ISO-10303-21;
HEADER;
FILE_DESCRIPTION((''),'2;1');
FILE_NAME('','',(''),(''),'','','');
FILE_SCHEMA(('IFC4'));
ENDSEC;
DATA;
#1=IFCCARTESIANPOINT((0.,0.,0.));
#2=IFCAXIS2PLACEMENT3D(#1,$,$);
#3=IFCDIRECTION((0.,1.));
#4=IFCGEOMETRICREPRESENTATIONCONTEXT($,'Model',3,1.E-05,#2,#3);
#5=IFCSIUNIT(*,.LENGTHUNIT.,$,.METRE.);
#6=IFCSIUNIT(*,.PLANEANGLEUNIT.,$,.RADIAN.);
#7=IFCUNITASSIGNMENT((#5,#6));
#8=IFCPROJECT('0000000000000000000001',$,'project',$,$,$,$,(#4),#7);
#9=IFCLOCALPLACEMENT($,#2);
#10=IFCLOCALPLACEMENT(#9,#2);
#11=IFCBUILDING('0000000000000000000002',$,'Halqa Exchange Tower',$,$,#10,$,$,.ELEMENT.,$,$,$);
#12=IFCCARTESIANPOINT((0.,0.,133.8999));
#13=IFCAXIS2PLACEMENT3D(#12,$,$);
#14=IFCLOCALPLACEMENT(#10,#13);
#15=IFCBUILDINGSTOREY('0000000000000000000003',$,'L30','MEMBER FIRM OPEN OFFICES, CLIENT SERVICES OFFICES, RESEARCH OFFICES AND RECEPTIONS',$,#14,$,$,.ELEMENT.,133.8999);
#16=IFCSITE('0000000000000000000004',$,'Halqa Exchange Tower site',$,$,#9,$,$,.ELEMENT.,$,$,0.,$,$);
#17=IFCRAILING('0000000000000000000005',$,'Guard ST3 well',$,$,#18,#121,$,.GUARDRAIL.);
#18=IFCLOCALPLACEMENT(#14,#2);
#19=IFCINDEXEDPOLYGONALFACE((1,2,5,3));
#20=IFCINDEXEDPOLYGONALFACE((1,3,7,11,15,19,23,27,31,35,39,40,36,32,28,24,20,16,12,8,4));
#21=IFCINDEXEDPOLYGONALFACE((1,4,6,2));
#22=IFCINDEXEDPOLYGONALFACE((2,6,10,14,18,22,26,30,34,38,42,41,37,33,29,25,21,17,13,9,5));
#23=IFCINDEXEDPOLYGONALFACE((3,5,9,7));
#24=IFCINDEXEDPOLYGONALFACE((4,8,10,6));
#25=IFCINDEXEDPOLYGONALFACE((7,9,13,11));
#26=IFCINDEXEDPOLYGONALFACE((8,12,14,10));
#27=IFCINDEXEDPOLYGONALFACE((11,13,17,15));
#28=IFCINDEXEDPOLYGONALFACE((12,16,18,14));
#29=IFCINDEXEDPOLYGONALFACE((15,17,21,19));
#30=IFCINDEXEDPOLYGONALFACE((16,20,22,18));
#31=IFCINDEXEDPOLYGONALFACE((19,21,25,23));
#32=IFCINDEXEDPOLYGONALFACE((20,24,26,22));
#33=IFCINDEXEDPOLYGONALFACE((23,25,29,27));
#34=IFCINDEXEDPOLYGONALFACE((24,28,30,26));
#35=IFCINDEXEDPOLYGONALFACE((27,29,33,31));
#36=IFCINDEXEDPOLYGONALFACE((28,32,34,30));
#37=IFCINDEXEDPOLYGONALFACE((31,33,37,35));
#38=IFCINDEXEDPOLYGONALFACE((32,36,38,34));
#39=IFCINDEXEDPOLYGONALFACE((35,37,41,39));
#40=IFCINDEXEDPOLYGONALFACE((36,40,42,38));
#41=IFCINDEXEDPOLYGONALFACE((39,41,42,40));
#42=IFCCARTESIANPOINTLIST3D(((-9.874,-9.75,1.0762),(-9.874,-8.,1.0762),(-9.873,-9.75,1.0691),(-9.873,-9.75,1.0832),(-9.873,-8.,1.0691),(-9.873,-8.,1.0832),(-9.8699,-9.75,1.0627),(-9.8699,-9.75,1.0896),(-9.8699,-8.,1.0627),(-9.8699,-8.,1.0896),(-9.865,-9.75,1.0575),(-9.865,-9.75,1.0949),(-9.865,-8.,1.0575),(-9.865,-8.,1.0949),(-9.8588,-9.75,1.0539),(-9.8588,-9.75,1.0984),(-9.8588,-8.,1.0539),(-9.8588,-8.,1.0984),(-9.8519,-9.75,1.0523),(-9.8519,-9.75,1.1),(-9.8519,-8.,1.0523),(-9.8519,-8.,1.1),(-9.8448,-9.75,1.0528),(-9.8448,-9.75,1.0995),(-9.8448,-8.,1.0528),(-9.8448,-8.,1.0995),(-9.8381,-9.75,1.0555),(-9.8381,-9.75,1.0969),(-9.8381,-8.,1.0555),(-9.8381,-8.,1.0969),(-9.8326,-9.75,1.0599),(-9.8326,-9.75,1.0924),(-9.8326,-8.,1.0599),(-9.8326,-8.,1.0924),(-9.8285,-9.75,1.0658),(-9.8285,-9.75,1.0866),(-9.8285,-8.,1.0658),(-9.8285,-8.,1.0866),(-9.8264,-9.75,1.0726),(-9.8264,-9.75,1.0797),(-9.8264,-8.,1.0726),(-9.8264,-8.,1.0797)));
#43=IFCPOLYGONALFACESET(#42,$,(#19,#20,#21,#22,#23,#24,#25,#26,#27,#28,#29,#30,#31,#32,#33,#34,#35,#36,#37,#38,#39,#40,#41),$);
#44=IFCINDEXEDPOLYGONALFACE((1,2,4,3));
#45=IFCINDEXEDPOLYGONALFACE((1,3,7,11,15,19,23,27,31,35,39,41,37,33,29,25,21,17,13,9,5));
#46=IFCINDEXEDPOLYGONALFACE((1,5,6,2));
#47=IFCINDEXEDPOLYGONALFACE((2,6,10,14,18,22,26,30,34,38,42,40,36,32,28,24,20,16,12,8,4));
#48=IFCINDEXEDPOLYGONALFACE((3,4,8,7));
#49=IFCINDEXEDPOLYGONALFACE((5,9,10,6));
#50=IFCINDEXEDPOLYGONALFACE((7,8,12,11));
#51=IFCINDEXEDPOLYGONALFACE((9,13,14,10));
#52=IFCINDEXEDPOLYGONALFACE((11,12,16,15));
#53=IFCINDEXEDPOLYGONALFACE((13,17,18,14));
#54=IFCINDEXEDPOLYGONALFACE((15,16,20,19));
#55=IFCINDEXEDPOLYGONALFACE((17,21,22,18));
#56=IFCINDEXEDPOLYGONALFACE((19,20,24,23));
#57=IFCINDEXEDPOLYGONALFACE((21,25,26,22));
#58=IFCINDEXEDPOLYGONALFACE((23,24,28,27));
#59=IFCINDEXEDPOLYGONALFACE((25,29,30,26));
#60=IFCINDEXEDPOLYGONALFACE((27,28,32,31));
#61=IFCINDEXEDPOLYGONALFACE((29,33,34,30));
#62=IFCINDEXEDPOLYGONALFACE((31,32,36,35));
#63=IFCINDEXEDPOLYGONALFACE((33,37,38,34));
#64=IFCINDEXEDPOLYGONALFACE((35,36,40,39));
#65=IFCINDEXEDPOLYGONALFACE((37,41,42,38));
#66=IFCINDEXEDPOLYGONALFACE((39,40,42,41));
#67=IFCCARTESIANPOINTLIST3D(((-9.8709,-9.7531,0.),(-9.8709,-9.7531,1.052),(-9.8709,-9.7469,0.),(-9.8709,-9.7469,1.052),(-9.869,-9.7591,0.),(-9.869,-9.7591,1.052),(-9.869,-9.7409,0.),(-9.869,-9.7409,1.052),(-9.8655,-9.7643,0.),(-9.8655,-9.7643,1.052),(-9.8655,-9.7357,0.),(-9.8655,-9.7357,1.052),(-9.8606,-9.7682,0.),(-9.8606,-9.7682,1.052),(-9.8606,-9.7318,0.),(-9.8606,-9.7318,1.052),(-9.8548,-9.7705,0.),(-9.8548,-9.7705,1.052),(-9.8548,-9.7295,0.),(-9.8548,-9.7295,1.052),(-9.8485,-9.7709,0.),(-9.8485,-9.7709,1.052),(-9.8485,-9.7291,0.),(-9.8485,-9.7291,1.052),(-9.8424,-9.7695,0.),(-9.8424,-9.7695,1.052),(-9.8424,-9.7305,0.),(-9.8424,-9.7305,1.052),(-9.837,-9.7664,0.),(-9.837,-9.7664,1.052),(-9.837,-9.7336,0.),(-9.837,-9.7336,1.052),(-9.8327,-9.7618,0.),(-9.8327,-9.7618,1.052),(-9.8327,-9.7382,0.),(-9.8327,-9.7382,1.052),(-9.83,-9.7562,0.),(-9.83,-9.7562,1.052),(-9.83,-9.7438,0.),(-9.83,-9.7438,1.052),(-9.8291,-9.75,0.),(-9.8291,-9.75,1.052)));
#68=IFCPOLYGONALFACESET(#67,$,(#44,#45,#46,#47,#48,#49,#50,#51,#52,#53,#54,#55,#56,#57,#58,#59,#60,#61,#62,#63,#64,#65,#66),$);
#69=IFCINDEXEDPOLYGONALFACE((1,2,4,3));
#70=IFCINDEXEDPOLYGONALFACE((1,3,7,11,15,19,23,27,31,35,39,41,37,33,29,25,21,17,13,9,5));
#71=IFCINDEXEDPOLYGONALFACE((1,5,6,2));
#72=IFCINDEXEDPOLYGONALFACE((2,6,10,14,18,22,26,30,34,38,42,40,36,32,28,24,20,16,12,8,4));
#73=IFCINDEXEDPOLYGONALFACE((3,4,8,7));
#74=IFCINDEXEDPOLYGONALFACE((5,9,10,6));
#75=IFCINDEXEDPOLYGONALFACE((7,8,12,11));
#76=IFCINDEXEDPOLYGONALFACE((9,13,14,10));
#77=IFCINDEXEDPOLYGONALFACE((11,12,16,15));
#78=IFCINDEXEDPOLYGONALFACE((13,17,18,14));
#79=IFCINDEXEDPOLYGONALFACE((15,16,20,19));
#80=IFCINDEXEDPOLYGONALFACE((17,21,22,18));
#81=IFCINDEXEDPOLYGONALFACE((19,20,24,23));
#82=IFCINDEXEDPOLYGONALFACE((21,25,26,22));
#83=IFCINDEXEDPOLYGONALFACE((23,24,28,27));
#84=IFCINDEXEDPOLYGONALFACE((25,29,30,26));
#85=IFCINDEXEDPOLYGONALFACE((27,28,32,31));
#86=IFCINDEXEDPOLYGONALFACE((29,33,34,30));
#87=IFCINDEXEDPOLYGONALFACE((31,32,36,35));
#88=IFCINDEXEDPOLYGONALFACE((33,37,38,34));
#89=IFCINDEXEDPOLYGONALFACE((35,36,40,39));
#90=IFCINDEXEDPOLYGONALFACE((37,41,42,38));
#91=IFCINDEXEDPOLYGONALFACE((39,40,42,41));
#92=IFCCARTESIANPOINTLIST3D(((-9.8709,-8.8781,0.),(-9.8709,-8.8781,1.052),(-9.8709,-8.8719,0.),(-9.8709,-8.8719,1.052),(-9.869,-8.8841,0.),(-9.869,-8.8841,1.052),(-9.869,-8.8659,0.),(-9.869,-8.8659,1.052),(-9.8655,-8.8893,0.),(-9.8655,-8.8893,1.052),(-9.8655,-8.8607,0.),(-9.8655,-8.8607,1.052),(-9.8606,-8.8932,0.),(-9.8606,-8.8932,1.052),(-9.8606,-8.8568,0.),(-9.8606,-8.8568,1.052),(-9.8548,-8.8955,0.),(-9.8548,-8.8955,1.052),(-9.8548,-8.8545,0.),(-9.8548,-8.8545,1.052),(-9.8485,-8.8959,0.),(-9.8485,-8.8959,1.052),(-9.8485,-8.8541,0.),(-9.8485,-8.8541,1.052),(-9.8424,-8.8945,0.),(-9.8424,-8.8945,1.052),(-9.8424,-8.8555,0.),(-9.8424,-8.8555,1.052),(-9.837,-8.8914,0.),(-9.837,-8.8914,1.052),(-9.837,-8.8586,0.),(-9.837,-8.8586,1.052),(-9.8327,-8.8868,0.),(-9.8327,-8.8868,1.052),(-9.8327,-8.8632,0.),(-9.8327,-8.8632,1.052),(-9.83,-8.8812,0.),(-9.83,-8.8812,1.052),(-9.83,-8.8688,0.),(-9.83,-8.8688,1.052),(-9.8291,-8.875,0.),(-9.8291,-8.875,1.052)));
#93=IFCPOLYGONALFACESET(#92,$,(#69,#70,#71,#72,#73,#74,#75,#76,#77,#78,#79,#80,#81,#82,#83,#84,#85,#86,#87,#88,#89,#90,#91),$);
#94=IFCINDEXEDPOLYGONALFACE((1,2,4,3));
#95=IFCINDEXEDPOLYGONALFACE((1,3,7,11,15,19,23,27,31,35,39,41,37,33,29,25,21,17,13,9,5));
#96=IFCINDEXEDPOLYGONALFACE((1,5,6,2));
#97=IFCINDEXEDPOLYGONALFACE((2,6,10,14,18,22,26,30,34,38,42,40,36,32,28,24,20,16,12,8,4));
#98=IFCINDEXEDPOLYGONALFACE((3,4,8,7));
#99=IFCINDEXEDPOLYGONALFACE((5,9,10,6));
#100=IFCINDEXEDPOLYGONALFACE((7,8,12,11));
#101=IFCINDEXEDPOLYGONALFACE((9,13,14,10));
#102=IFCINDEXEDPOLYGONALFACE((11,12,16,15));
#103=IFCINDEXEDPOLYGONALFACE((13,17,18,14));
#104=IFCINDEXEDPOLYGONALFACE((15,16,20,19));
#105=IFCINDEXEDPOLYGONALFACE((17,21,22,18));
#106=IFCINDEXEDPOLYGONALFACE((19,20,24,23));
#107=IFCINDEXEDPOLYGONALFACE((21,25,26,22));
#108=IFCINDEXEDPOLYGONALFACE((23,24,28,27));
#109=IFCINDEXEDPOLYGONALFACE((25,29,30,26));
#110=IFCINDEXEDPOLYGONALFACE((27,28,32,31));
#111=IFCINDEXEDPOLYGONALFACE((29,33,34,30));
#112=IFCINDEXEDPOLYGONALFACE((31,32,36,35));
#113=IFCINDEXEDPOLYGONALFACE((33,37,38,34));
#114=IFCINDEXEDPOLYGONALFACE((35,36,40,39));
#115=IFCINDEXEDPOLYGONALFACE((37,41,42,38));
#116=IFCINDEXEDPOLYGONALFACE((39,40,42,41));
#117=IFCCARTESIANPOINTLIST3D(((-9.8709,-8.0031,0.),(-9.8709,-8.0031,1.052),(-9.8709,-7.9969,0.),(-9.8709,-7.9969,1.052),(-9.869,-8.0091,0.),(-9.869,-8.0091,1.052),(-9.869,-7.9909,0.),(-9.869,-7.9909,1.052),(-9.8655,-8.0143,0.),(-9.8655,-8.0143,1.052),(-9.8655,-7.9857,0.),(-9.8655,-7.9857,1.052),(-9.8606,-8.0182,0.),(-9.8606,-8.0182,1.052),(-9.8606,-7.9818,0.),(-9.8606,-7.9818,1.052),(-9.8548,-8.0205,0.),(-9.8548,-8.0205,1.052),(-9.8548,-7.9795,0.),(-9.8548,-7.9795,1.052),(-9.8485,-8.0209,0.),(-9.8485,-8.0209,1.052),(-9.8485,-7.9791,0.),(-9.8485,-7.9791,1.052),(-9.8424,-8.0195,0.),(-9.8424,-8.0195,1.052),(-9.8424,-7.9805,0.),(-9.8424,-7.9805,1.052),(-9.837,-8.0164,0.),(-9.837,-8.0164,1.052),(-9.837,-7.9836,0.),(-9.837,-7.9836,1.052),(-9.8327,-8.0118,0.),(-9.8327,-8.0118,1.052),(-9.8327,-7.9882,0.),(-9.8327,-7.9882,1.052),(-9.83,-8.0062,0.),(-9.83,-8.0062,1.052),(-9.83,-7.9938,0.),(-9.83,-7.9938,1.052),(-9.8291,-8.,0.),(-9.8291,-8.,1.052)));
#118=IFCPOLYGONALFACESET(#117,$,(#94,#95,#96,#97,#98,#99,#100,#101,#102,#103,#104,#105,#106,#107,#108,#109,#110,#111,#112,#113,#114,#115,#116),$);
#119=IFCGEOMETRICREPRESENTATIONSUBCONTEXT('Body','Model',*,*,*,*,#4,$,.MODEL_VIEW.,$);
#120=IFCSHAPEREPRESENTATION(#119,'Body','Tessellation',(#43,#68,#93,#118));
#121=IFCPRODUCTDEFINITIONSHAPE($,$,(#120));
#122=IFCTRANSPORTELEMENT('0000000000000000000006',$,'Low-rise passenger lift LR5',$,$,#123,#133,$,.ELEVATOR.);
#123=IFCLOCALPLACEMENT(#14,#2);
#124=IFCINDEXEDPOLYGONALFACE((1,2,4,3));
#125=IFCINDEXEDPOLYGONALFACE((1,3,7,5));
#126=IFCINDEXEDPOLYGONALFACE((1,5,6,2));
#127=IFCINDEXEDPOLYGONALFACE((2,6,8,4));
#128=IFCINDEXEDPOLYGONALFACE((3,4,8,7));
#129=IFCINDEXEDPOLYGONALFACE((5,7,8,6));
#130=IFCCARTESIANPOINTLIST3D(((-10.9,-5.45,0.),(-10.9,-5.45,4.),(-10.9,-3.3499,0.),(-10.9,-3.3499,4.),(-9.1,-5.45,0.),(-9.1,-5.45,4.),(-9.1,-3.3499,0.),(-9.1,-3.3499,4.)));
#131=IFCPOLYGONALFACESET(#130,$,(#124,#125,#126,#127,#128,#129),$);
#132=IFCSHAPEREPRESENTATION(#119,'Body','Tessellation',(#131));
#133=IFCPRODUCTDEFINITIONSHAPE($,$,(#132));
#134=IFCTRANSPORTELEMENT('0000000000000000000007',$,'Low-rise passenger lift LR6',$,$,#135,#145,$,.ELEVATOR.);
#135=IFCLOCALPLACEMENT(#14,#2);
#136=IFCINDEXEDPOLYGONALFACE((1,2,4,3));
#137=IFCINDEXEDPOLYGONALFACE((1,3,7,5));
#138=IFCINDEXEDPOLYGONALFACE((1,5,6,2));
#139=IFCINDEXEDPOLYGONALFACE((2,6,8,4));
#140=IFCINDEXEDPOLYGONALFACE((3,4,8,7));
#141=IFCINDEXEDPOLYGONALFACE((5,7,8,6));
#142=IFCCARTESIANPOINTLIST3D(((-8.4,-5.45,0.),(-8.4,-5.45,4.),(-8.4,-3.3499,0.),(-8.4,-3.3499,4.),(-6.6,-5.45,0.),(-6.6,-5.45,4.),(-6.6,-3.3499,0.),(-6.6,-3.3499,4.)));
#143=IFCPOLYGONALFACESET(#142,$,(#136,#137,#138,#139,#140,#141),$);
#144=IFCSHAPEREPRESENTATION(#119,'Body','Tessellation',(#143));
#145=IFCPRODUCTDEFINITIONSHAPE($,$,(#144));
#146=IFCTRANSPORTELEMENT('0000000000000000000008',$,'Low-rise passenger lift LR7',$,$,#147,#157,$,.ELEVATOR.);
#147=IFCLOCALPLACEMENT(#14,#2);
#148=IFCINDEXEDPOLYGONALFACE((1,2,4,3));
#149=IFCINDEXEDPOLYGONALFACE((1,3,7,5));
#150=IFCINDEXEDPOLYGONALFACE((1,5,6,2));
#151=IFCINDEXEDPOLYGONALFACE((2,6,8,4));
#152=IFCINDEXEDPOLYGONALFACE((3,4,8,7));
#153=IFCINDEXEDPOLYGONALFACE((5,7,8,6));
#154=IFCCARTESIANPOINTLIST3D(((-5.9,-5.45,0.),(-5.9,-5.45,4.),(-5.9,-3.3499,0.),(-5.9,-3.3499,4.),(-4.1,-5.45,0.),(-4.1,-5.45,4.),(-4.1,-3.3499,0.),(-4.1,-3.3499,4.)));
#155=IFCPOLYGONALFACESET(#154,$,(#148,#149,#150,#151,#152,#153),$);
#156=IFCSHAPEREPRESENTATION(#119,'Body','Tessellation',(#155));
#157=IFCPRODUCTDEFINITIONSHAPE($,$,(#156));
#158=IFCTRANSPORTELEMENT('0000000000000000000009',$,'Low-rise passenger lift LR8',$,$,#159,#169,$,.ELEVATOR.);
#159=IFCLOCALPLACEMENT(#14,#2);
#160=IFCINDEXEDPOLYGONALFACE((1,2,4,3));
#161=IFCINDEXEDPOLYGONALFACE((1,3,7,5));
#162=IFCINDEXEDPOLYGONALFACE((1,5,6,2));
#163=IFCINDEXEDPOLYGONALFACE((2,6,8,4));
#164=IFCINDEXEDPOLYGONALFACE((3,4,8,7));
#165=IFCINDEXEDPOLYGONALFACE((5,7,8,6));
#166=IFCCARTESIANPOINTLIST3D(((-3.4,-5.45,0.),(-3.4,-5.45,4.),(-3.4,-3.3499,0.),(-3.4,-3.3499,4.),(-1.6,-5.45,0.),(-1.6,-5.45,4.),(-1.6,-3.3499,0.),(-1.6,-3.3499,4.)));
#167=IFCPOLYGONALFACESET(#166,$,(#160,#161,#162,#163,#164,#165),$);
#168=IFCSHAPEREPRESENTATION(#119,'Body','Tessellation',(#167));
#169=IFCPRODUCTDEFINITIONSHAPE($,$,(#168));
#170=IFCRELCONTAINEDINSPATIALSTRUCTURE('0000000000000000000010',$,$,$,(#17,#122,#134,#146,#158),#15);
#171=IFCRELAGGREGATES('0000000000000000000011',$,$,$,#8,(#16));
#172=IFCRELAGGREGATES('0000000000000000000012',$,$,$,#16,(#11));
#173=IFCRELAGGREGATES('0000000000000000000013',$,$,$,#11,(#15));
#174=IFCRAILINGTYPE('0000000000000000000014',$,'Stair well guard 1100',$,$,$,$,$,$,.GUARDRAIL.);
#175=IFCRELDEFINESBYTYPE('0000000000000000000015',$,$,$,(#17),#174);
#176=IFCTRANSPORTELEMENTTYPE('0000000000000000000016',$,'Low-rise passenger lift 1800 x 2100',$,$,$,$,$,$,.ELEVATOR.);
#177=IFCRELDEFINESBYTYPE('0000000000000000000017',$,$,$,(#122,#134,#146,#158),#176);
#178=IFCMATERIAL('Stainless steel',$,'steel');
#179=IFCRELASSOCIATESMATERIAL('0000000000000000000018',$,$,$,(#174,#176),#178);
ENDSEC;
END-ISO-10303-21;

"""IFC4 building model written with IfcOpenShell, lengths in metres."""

from ifc_helpers import new_model, si_unit, direction, frame, origin, origin_2d, place, context, subcontext, project, spatial, rectangle, circle, extrude, material, type_object, element, save


model = new_model("IFC4")

# Units and contexts
model_context = context("Model", 3, precision=1e-05, world=origin(), true_north=direction((0.0, 1.0)))
body_context = subcontext(model_context, "Body", "Model", "MODEL_VIEW")
ifc_project = project(units=[si_unit("LENGTHUNIT", "METRE"), si_unit("PLANEANGLEUNIT", "RADIAN")], contexts=[model_context])

# Site, building, storey
site_placement = place(None, origin())
site = spatial("IfcSite", under=ifc_project, at=site_placement, Name="Halqa Exchange Tower site", CompositionType="ELEMENT", RefElevation=0.0)
building_placement = place(site_placement, origin())
building = spatial("IfcBuilding", under=site, at=building_placement, Name="Halqa Exchange Tower", CompositionType="ELEMENT")
storey_placement = place(building_placement, frame((0.0, 0.0, 133.8999)))
storey = spatial("IfcBuildingStorey", under=building, at=storey_placement, Name="L30", Description="MEMBER FIRM OPEN OFFICES, CLIENT SERVICES OFFICES, RESEARCH OFFICES AND RECEPTIONS", CompositionType="ELEMENT", Elevation=133.8999)

# Shared definitions
ifc_material_1 = material(Name="Stainless steel", Category="steel")

# Railing
railing_type_1 = type_object("IfcRailingType", Name="Stair well guard 1100", PredefinedType="GUARDRAIL", material=ifc_material_1)
railing_1_placement = place(storey_placement, frame((-9.8501, -9.75, 0.0)))
element("IfcRailing", 1, at=railing_1_placement, inside=storey, type_object=railing_type_1, Name="Guard ST3 well", PredefinedType="GUARDRAIL", context=body_context, shape_type="SweptSolid", body=[
    extrude(circle(Radius=0.0239, at=origin_2d()), frame((0.0, 0.0, 1.0762), z_axis=(0.0, 1.0, 0.0), x_axis=(-1.0, 0.0, 0.0)), (0.0, 0.0, 1.0), 1.75),
    extrude(circle(Radius=0.021, at=origin_2d()), origin(), (0.0, 0.0, 1.0), 1.052),
    extrude(circle(Radius=0.021, at=origin_2d()), frame((0.0, 0.875, 0.0)), (0.0, 0.0, 1.0), 1.052),
    extrude(circle(Radius=0.021, at=origin_2d()), frame((0.0, 1.75, 0.0)), (0.0, 0.0, 1.0), 1.052),
])

# Transport elements
transport_element_type = type_object("IfcTransportElementType", Name="Low-rise passenger lift 1800 x 2100", PredefinedType="ELEVATOR", material=ifc_material_1)
for number, where, z_axis, x_axis, name in (
    (2, (-10.0, -4.3999, 0.0), (0.0, 0.0, 1.0), (1.0, 0.0, 0.0), "Low-rise passenger lift LR5"),
    (3, (-7.5, -4.3999, 0.0), (0.0, 0.0, 1.0), (1.0, 0.0, 0.0), "Low-rise passenger lift LR6"),
    (4, (-5.0, -4.3999, 0.0), (0.0, 0.0, 1.0), (1.0, 0.0, 0.0), "Low-rise passenger lift LR7"),
    (5, (-2.5, -4.3999, 0.0), (0.0, 0.0, 1.0), (1.0, 0.0, 0.0), "Low-rise passenger lift LR8"),
):
    element("IfcTransportElement", number, at=place(storey_placement, frame(where, z_axis=z_axis, x_axis=x_axis)), inside=storey, type_object=transport_element_type, Name=name, PredefinedType="ELEVATOR", context=body_context, shape_type="SweptSolid", body=[
        extrude(rectangle(XDim=1.8, YDim=2.1001, at=origin_2d()), origin(), (0.0, 0.0, 1.0), 4.0),
    ])

save(model, "model.ifc")
